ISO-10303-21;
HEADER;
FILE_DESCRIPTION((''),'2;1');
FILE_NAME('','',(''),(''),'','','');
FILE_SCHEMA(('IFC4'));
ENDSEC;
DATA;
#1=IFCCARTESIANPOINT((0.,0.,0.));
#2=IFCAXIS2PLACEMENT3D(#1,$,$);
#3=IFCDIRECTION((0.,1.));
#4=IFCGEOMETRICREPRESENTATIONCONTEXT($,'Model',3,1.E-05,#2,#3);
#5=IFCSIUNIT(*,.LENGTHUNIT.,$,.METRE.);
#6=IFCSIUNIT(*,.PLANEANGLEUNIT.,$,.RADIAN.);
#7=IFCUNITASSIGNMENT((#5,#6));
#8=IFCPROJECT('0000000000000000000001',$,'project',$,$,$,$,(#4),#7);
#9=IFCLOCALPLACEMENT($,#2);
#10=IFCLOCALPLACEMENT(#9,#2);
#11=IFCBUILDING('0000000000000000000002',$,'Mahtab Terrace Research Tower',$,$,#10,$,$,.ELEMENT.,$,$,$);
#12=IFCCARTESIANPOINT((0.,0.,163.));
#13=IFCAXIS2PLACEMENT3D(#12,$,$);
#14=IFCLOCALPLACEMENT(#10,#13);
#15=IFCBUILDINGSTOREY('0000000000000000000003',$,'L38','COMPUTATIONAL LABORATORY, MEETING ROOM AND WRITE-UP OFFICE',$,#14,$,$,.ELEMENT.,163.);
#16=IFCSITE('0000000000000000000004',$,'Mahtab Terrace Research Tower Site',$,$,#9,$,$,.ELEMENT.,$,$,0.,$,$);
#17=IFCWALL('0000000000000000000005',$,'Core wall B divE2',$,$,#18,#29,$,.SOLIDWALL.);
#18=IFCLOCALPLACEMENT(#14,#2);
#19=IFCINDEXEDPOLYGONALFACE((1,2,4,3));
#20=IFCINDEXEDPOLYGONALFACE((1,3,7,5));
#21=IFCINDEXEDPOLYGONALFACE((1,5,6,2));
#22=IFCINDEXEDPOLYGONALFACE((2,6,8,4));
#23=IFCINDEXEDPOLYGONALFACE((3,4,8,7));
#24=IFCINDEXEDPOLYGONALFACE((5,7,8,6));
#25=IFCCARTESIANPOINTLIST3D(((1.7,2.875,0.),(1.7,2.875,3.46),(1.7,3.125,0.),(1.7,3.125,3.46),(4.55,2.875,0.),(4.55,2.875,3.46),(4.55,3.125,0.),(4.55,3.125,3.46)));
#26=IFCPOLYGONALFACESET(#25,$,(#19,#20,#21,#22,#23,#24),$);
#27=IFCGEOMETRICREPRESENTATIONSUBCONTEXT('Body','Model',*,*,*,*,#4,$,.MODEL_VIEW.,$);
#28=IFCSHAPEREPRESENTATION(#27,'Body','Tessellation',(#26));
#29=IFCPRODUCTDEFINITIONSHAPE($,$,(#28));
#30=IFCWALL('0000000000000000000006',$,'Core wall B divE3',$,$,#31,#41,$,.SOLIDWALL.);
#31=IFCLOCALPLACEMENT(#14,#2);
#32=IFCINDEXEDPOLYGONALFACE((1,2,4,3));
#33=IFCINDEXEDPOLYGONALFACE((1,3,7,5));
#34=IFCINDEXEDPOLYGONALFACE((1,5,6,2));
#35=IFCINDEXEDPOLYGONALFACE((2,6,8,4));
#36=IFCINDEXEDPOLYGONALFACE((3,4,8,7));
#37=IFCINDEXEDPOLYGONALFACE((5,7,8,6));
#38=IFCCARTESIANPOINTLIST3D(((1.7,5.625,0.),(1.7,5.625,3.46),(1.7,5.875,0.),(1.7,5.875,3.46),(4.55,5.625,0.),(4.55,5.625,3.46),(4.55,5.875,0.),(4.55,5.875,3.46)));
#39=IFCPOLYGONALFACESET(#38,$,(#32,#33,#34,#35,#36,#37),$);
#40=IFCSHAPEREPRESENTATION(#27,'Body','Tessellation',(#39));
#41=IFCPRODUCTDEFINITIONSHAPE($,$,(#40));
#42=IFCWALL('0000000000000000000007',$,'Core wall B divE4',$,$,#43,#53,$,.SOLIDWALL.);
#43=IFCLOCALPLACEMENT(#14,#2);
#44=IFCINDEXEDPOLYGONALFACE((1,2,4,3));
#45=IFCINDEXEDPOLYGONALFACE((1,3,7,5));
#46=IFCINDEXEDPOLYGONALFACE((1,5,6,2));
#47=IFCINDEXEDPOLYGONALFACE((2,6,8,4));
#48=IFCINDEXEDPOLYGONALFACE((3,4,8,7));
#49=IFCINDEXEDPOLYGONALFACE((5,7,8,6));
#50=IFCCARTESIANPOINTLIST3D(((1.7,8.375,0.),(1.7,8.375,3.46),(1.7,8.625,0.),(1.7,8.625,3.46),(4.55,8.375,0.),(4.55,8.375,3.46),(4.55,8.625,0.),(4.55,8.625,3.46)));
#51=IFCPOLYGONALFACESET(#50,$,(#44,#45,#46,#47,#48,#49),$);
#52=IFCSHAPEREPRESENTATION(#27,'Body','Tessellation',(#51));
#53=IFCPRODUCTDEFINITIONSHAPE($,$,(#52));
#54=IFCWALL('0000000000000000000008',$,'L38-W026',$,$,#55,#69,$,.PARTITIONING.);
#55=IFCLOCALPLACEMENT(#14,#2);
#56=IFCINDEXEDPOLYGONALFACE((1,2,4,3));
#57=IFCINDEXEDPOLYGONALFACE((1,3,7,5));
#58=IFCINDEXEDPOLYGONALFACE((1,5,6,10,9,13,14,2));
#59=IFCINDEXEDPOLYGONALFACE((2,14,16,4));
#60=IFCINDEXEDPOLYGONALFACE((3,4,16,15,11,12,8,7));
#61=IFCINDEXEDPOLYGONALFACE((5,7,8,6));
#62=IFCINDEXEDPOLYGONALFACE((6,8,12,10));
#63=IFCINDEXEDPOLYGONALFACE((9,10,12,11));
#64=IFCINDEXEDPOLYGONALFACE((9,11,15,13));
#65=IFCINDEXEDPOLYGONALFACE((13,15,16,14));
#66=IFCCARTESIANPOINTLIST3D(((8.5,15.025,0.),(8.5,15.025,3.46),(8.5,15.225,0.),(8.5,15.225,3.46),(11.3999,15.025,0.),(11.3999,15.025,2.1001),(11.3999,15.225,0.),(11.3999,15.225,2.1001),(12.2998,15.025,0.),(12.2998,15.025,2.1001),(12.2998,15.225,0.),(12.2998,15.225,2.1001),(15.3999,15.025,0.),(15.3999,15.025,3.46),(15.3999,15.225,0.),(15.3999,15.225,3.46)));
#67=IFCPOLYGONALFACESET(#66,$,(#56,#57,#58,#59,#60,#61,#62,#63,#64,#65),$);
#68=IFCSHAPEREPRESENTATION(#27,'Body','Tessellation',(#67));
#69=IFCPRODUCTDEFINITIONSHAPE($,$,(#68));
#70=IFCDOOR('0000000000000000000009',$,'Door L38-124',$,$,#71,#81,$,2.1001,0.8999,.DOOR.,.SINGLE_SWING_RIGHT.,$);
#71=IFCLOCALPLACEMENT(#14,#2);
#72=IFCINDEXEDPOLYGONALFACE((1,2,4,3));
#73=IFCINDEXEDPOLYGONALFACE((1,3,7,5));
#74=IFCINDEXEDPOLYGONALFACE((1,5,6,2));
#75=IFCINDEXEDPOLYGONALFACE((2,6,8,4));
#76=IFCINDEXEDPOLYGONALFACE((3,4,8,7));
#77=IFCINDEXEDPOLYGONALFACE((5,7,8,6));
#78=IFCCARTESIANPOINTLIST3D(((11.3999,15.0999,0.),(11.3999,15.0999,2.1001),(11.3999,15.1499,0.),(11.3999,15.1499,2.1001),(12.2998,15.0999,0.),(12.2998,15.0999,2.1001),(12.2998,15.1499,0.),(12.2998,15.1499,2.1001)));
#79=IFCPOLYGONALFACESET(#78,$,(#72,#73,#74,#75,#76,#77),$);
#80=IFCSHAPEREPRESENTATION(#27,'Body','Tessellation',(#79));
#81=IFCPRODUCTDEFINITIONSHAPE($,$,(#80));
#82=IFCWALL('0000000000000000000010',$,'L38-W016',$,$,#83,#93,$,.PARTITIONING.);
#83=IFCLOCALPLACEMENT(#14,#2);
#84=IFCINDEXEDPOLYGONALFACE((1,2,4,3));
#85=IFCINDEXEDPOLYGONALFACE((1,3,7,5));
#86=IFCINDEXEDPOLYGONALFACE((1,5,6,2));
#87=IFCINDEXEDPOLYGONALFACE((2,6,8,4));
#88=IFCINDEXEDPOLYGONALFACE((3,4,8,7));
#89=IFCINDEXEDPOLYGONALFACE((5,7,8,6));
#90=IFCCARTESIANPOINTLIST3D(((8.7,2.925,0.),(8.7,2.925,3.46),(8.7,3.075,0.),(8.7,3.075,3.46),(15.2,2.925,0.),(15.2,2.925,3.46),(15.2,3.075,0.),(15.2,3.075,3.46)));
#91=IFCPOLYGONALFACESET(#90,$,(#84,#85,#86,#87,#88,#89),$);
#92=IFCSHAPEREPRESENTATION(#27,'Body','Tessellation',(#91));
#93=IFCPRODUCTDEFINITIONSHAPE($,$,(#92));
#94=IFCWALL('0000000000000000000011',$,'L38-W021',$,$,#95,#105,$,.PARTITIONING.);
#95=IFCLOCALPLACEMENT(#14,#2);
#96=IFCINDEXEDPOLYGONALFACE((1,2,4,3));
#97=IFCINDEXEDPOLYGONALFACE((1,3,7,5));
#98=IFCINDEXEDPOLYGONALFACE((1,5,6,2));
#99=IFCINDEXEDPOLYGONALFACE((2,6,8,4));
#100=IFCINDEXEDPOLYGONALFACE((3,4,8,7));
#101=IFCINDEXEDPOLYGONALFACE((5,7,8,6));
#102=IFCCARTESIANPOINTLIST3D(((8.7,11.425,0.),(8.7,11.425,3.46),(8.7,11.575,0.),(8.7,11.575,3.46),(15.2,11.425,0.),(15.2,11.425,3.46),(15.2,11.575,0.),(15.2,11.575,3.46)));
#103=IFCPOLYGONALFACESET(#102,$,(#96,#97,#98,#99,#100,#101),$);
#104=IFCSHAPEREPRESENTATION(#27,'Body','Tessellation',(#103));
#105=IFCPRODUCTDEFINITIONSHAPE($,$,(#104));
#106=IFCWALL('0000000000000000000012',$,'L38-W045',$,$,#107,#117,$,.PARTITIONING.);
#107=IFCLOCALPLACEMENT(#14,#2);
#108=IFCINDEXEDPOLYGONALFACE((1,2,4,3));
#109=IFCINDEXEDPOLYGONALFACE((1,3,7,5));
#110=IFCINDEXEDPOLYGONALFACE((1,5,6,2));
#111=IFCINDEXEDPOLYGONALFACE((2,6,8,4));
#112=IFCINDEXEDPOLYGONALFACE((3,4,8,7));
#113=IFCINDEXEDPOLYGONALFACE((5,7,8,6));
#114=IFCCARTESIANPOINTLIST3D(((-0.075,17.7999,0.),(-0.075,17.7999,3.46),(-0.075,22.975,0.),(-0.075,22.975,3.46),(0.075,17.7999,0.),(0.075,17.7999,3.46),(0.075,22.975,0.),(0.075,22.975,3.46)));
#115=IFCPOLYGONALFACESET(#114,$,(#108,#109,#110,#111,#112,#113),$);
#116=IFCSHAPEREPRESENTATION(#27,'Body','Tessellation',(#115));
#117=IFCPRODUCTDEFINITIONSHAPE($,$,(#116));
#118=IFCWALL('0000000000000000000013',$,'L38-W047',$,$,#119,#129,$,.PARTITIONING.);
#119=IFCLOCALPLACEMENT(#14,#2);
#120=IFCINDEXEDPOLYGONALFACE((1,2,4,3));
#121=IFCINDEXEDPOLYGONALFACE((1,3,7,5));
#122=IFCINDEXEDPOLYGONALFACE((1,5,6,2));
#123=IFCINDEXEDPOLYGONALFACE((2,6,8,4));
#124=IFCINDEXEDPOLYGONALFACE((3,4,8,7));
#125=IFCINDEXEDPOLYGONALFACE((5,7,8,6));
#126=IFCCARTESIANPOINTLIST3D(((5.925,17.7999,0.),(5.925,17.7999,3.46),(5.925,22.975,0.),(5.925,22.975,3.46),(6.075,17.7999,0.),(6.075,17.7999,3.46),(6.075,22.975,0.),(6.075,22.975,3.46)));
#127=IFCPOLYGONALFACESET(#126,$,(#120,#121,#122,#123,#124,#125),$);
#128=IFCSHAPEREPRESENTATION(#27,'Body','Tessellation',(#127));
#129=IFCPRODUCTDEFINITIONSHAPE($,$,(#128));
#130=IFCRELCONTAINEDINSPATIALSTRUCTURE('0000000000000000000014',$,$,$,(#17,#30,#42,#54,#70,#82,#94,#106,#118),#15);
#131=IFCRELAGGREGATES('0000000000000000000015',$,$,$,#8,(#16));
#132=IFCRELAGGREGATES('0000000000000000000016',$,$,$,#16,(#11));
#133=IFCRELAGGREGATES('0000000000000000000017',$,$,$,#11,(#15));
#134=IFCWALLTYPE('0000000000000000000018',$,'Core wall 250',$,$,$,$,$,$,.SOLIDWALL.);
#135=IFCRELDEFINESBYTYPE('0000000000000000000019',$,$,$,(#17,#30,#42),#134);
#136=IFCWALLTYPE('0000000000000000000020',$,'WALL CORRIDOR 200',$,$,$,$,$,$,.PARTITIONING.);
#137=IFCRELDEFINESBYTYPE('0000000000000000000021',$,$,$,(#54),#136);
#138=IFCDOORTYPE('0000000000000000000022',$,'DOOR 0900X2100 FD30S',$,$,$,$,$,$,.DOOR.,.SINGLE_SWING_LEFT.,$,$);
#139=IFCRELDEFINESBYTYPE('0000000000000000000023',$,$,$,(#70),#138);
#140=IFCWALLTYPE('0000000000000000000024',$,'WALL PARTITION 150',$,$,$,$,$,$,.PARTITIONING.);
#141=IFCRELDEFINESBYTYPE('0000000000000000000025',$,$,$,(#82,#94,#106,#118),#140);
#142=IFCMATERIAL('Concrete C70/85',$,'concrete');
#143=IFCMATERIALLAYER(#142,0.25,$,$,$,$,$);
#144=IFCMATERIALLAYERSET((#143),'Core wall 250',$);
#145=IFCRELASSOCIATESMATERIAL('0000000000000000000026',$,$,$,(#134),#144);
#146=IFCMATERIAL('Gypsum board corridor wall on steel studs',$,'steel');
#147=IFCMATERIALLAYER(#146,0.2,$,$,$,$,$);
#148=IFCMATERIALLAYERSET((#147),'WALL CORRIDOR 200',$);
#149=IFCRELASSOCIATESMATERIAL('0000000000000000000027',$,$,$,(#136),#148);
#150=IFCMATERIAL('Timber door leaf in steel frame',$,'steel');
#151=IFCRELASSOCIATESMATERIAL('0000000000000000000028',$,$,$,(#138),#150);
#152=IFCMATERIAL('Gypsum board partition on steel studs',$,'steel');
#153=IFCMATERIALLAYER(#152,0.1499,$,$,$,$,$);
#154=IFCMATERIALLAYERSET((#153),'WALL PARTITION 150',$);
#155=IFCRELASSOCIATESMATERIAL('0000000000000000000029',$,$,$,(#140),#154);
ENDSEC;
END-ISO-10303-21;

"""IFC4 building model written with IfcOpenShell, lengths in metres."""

from ifc_helpers import new_model, si_unit, direction, frame, frame_2d, origin, place, context, subcontext, project, spatial, rectangle, extrude, material, layer, layer_set, type_object, element, fill, save


model = new_model("IFC4")

# Units and contexts
model_context = context("Model", 3, precision=1e-05, world=origin(), true_north=direction((0.0, 1.0)))
body_context = subcontext(model_context, "Body", "Model", "MODEL_VIEW")
ifc_project = project(units=[si_unit("LENGTHUNIT", "METRE"), si_unit("PLANEANGLEUNIT", "RADIAN")], contexts=[model_context])

# Site, building, storey
site_placement = place(None, origin())
site = spatial("IfcSite", under=ifc_project, at=site_placement, Name="Mahtab Terrace Research Tower Site", CompositionType="ELEMENT", RefElevation=0.0)
building_placement = place(site_placement, origin())
building = spatial("IfcBuilding", under=site, at=building_placement, Name="Mahtab Terrace Research Tower", CompositionType="ELEMENT")
storey_placement = place(building_placement, frame((0.0, 0.0, 163.0)))
storey = spatial("IfcBuildingStorey", under=building, at=storey_placement, Name="L38", Description="COMPUTATIONAL LABORATORY, MEETING ROOM AND WRITE-UP OFFICE", CompositionType="ELEMENT", Elevation=163.0)

# Shared definitions
ifc_material_1 = material(Name="Concrete C70/85", Category="concrete")

# Shared definitions
ifc_layer_1 = layer(ifc_material_1, 0.25)
ifc_layer_set_1 = layer_set([ifc_layer_1], Name="Core wall 250")
wall_type_1 = type_object("IfcWallType", Name="Core wall 250", PredefinedType="SOLIDWALL", material=ifc_layer_set_1)

# Walls
for number, where, z_axis, x_axis, name in (
    (1, (1.7, 3.0, 0.0), (0.0, 0.0, 1.0), (1.0, 0.0, 0.0), "Core wall B divE2"),
    (2, (1.7, 5.75, 0.0), (0.0, 0.0, 1.0), (1.0, 0.0, 0.0), "Core wall B divE3"),
    (3, (1.7, 8.5, 0.0), (0.0, 0.0, 1.0), (1.0, 0.0, 0.0), "Core wall B divE4"),
):
    element("IfcWall", number, at=place(storey_placement, frame(where, z_axis=z_axis, x_axis=x_axis)), inside=storey, type_object=wall_type_1, Name=name, PredefinedType="SOLIDWALL", context=body_context, shape_type="SweptSolid", body=[
        extrude(rectangle(XDim=2.8501, YDim=0.25, at=frame_2d((1.425, 0.0))), origin(), (0.0, 0.0, 1.0), 3.46),
    ])

# Wall, opening, door
ifc_material_2 = material(Name="Gypsum board corridor wall on steel studs", Category="steel")
ifc_layer_2 = layer(ifc_material_2, 0.2)
ifc_layer_set_2 = layer_set([ifc_layer_2], Name="WALL CORRIDOR 200")
wall_type_2 = type_object("IfcWallType", Name="WALL CORRIDOR 200", PredefinedType="PARTITIONING", material=ifc_layer_set_2)
wall_1_placement = place(storey_placement, frame((8.5, 15.125, 0.0), z_axis=(0.0, 0.0, 1.0), x_axis=(1.0, 0.0, 0.0)))
wall_1 = element("IfcWall", 4, at=wall_1_placement, inside=storey, type_object=wall_type_2, Name="L38-W026", PredefinedType="PARTITIONING", context=body_context, shape_type="SweptSolid", body=[
    extrude(rectangle(XDim=6.8999, YDim=0.2, at=frame_2d((3.45, 0.0))), origin(), (0.0, 0.0, 1.0), 3.46),
])
opening_1_placement = place(wall_1_placement, frame((2.8999, 0.0, 0.0)))
opening_1 = element("IfcOpeningElement", 5, at=opening_1_placement, cuts=wall_1, PredefinedType="OPENING", context=body_context, shape_type="SweptSolid", body=[
    extrude(rectangle(XDim=0.8999, YDim=2.1001, at=frame_2d((0.45, 1.05))), frame((0.0, 0.1099, 0.0), z_axis=(0.0, -1.0, 0.0), x_axis=(1.0, 0.0, 0.0)), (0.0, 0.0, 1.0), 0.22),
])
ifc_material_3 = material(Name="Timber door leaf in steel frame", Category="steel")
door_type_1 = type_object("IfcDoorType", Name="DOOR 0900X2100 FD30S", OperationType="SINGLE_SWING_LEFT", PredefinedType="DOOR", material=ifc_material_3)
door_1_placement = place(opening_1_placement, origin())
door_1 = element("IfcDoor", 6, at=door_1_placement, inside=storey, type_object=door_type_1, Name="Door L38-124", OperationType="SINGLE_SWING_RIGHT", OverallHeight=2.1001, OverallWidth=0.8999, PredefinedType="DOOR", context=body_context, shape_type="SweptSolid", body=[
    extrude(rectangle(XDim=0.8999, YDim=2.1001, at=frame_2d((0.45, 1.05))), frame((0.0, 0.0249, 0.0), z_axis=(0.0, -1.0, 0.0), x_axis=(1.0, 0.0, 0.0)), (0.0, 0.0, 1.0), 0.05),
])
fill(opening_1, door_1)

# Walls
ifc_material_4 = material(Name="Gypsum board partition on steel studs", Category="steel")
ifc_layer_3 = layer(ifc_material_4, 0.1499)
ifc_layer_set_3 = layer_set([ifc_layer_3], Name="WALL PARTITION 150")
wall_type_3 = type_object("IfcWallType", Name="WALL PARTITION 150", PredefinedType="PARTITIONING", material=ifc_layer_set_3)
for number, where, z_axis, x_axis, name in (
    (7, (8.7, 3.0, 0.0), (0.0, 0.0, 1.0), (1.0, 0.0, 0.0), "L38-W016"),
    (8, (8.7, 11.5, 0.0), (0.0, 0.0, 1.0), (1.0, 0.0, 0.0), "L38-W021"),
):
    element("IfcWall", number, at=place(storey_placement, frame(where, z_axis=z_axis, x_axis=x_axis)), inside=storey, type_object=wall_type_3, Name=name, PredefinedType="PARTITIONING", context=body_context, shape_type="SweptSolid", body=[
        extrude(rectangle(XDim=6.5, YDim=0.1499, at=frame_2d((3.25, 0.0))), origin(), (0.0, 0.0, 1.0), 3.46),
    ])
for number, where, z_axis, x_axis, name in (
    (9, (0.0, 17.8, 0.0), (0.0, 0.0, 1.0), (0.0, 1.0, 0.0), "L38-W045"),
    (10, (6.0, 17.8, 0.0), (0.0, 0.0, 1.0), (0.0, 1.0, 0.0), "L38-W047"),
):
    element("IfcWall", number, at=place(storey_placement, frame(where, z_axis=z_axis, x_axis=x_axis)), inside=storey, type_object=wall_type_3, Name=name, PredefinedType="PARTITIONING", context=body_context, shape_type="SweptSolid", body=[
        extrude(rectangle(XDim=5.175, YDim=0.1499, at=frame_2d((2.5874, 0.0))), origin(), (0.0, 0.0, 1.0), 3.46),
    ])

save(model, "model.ifc")
